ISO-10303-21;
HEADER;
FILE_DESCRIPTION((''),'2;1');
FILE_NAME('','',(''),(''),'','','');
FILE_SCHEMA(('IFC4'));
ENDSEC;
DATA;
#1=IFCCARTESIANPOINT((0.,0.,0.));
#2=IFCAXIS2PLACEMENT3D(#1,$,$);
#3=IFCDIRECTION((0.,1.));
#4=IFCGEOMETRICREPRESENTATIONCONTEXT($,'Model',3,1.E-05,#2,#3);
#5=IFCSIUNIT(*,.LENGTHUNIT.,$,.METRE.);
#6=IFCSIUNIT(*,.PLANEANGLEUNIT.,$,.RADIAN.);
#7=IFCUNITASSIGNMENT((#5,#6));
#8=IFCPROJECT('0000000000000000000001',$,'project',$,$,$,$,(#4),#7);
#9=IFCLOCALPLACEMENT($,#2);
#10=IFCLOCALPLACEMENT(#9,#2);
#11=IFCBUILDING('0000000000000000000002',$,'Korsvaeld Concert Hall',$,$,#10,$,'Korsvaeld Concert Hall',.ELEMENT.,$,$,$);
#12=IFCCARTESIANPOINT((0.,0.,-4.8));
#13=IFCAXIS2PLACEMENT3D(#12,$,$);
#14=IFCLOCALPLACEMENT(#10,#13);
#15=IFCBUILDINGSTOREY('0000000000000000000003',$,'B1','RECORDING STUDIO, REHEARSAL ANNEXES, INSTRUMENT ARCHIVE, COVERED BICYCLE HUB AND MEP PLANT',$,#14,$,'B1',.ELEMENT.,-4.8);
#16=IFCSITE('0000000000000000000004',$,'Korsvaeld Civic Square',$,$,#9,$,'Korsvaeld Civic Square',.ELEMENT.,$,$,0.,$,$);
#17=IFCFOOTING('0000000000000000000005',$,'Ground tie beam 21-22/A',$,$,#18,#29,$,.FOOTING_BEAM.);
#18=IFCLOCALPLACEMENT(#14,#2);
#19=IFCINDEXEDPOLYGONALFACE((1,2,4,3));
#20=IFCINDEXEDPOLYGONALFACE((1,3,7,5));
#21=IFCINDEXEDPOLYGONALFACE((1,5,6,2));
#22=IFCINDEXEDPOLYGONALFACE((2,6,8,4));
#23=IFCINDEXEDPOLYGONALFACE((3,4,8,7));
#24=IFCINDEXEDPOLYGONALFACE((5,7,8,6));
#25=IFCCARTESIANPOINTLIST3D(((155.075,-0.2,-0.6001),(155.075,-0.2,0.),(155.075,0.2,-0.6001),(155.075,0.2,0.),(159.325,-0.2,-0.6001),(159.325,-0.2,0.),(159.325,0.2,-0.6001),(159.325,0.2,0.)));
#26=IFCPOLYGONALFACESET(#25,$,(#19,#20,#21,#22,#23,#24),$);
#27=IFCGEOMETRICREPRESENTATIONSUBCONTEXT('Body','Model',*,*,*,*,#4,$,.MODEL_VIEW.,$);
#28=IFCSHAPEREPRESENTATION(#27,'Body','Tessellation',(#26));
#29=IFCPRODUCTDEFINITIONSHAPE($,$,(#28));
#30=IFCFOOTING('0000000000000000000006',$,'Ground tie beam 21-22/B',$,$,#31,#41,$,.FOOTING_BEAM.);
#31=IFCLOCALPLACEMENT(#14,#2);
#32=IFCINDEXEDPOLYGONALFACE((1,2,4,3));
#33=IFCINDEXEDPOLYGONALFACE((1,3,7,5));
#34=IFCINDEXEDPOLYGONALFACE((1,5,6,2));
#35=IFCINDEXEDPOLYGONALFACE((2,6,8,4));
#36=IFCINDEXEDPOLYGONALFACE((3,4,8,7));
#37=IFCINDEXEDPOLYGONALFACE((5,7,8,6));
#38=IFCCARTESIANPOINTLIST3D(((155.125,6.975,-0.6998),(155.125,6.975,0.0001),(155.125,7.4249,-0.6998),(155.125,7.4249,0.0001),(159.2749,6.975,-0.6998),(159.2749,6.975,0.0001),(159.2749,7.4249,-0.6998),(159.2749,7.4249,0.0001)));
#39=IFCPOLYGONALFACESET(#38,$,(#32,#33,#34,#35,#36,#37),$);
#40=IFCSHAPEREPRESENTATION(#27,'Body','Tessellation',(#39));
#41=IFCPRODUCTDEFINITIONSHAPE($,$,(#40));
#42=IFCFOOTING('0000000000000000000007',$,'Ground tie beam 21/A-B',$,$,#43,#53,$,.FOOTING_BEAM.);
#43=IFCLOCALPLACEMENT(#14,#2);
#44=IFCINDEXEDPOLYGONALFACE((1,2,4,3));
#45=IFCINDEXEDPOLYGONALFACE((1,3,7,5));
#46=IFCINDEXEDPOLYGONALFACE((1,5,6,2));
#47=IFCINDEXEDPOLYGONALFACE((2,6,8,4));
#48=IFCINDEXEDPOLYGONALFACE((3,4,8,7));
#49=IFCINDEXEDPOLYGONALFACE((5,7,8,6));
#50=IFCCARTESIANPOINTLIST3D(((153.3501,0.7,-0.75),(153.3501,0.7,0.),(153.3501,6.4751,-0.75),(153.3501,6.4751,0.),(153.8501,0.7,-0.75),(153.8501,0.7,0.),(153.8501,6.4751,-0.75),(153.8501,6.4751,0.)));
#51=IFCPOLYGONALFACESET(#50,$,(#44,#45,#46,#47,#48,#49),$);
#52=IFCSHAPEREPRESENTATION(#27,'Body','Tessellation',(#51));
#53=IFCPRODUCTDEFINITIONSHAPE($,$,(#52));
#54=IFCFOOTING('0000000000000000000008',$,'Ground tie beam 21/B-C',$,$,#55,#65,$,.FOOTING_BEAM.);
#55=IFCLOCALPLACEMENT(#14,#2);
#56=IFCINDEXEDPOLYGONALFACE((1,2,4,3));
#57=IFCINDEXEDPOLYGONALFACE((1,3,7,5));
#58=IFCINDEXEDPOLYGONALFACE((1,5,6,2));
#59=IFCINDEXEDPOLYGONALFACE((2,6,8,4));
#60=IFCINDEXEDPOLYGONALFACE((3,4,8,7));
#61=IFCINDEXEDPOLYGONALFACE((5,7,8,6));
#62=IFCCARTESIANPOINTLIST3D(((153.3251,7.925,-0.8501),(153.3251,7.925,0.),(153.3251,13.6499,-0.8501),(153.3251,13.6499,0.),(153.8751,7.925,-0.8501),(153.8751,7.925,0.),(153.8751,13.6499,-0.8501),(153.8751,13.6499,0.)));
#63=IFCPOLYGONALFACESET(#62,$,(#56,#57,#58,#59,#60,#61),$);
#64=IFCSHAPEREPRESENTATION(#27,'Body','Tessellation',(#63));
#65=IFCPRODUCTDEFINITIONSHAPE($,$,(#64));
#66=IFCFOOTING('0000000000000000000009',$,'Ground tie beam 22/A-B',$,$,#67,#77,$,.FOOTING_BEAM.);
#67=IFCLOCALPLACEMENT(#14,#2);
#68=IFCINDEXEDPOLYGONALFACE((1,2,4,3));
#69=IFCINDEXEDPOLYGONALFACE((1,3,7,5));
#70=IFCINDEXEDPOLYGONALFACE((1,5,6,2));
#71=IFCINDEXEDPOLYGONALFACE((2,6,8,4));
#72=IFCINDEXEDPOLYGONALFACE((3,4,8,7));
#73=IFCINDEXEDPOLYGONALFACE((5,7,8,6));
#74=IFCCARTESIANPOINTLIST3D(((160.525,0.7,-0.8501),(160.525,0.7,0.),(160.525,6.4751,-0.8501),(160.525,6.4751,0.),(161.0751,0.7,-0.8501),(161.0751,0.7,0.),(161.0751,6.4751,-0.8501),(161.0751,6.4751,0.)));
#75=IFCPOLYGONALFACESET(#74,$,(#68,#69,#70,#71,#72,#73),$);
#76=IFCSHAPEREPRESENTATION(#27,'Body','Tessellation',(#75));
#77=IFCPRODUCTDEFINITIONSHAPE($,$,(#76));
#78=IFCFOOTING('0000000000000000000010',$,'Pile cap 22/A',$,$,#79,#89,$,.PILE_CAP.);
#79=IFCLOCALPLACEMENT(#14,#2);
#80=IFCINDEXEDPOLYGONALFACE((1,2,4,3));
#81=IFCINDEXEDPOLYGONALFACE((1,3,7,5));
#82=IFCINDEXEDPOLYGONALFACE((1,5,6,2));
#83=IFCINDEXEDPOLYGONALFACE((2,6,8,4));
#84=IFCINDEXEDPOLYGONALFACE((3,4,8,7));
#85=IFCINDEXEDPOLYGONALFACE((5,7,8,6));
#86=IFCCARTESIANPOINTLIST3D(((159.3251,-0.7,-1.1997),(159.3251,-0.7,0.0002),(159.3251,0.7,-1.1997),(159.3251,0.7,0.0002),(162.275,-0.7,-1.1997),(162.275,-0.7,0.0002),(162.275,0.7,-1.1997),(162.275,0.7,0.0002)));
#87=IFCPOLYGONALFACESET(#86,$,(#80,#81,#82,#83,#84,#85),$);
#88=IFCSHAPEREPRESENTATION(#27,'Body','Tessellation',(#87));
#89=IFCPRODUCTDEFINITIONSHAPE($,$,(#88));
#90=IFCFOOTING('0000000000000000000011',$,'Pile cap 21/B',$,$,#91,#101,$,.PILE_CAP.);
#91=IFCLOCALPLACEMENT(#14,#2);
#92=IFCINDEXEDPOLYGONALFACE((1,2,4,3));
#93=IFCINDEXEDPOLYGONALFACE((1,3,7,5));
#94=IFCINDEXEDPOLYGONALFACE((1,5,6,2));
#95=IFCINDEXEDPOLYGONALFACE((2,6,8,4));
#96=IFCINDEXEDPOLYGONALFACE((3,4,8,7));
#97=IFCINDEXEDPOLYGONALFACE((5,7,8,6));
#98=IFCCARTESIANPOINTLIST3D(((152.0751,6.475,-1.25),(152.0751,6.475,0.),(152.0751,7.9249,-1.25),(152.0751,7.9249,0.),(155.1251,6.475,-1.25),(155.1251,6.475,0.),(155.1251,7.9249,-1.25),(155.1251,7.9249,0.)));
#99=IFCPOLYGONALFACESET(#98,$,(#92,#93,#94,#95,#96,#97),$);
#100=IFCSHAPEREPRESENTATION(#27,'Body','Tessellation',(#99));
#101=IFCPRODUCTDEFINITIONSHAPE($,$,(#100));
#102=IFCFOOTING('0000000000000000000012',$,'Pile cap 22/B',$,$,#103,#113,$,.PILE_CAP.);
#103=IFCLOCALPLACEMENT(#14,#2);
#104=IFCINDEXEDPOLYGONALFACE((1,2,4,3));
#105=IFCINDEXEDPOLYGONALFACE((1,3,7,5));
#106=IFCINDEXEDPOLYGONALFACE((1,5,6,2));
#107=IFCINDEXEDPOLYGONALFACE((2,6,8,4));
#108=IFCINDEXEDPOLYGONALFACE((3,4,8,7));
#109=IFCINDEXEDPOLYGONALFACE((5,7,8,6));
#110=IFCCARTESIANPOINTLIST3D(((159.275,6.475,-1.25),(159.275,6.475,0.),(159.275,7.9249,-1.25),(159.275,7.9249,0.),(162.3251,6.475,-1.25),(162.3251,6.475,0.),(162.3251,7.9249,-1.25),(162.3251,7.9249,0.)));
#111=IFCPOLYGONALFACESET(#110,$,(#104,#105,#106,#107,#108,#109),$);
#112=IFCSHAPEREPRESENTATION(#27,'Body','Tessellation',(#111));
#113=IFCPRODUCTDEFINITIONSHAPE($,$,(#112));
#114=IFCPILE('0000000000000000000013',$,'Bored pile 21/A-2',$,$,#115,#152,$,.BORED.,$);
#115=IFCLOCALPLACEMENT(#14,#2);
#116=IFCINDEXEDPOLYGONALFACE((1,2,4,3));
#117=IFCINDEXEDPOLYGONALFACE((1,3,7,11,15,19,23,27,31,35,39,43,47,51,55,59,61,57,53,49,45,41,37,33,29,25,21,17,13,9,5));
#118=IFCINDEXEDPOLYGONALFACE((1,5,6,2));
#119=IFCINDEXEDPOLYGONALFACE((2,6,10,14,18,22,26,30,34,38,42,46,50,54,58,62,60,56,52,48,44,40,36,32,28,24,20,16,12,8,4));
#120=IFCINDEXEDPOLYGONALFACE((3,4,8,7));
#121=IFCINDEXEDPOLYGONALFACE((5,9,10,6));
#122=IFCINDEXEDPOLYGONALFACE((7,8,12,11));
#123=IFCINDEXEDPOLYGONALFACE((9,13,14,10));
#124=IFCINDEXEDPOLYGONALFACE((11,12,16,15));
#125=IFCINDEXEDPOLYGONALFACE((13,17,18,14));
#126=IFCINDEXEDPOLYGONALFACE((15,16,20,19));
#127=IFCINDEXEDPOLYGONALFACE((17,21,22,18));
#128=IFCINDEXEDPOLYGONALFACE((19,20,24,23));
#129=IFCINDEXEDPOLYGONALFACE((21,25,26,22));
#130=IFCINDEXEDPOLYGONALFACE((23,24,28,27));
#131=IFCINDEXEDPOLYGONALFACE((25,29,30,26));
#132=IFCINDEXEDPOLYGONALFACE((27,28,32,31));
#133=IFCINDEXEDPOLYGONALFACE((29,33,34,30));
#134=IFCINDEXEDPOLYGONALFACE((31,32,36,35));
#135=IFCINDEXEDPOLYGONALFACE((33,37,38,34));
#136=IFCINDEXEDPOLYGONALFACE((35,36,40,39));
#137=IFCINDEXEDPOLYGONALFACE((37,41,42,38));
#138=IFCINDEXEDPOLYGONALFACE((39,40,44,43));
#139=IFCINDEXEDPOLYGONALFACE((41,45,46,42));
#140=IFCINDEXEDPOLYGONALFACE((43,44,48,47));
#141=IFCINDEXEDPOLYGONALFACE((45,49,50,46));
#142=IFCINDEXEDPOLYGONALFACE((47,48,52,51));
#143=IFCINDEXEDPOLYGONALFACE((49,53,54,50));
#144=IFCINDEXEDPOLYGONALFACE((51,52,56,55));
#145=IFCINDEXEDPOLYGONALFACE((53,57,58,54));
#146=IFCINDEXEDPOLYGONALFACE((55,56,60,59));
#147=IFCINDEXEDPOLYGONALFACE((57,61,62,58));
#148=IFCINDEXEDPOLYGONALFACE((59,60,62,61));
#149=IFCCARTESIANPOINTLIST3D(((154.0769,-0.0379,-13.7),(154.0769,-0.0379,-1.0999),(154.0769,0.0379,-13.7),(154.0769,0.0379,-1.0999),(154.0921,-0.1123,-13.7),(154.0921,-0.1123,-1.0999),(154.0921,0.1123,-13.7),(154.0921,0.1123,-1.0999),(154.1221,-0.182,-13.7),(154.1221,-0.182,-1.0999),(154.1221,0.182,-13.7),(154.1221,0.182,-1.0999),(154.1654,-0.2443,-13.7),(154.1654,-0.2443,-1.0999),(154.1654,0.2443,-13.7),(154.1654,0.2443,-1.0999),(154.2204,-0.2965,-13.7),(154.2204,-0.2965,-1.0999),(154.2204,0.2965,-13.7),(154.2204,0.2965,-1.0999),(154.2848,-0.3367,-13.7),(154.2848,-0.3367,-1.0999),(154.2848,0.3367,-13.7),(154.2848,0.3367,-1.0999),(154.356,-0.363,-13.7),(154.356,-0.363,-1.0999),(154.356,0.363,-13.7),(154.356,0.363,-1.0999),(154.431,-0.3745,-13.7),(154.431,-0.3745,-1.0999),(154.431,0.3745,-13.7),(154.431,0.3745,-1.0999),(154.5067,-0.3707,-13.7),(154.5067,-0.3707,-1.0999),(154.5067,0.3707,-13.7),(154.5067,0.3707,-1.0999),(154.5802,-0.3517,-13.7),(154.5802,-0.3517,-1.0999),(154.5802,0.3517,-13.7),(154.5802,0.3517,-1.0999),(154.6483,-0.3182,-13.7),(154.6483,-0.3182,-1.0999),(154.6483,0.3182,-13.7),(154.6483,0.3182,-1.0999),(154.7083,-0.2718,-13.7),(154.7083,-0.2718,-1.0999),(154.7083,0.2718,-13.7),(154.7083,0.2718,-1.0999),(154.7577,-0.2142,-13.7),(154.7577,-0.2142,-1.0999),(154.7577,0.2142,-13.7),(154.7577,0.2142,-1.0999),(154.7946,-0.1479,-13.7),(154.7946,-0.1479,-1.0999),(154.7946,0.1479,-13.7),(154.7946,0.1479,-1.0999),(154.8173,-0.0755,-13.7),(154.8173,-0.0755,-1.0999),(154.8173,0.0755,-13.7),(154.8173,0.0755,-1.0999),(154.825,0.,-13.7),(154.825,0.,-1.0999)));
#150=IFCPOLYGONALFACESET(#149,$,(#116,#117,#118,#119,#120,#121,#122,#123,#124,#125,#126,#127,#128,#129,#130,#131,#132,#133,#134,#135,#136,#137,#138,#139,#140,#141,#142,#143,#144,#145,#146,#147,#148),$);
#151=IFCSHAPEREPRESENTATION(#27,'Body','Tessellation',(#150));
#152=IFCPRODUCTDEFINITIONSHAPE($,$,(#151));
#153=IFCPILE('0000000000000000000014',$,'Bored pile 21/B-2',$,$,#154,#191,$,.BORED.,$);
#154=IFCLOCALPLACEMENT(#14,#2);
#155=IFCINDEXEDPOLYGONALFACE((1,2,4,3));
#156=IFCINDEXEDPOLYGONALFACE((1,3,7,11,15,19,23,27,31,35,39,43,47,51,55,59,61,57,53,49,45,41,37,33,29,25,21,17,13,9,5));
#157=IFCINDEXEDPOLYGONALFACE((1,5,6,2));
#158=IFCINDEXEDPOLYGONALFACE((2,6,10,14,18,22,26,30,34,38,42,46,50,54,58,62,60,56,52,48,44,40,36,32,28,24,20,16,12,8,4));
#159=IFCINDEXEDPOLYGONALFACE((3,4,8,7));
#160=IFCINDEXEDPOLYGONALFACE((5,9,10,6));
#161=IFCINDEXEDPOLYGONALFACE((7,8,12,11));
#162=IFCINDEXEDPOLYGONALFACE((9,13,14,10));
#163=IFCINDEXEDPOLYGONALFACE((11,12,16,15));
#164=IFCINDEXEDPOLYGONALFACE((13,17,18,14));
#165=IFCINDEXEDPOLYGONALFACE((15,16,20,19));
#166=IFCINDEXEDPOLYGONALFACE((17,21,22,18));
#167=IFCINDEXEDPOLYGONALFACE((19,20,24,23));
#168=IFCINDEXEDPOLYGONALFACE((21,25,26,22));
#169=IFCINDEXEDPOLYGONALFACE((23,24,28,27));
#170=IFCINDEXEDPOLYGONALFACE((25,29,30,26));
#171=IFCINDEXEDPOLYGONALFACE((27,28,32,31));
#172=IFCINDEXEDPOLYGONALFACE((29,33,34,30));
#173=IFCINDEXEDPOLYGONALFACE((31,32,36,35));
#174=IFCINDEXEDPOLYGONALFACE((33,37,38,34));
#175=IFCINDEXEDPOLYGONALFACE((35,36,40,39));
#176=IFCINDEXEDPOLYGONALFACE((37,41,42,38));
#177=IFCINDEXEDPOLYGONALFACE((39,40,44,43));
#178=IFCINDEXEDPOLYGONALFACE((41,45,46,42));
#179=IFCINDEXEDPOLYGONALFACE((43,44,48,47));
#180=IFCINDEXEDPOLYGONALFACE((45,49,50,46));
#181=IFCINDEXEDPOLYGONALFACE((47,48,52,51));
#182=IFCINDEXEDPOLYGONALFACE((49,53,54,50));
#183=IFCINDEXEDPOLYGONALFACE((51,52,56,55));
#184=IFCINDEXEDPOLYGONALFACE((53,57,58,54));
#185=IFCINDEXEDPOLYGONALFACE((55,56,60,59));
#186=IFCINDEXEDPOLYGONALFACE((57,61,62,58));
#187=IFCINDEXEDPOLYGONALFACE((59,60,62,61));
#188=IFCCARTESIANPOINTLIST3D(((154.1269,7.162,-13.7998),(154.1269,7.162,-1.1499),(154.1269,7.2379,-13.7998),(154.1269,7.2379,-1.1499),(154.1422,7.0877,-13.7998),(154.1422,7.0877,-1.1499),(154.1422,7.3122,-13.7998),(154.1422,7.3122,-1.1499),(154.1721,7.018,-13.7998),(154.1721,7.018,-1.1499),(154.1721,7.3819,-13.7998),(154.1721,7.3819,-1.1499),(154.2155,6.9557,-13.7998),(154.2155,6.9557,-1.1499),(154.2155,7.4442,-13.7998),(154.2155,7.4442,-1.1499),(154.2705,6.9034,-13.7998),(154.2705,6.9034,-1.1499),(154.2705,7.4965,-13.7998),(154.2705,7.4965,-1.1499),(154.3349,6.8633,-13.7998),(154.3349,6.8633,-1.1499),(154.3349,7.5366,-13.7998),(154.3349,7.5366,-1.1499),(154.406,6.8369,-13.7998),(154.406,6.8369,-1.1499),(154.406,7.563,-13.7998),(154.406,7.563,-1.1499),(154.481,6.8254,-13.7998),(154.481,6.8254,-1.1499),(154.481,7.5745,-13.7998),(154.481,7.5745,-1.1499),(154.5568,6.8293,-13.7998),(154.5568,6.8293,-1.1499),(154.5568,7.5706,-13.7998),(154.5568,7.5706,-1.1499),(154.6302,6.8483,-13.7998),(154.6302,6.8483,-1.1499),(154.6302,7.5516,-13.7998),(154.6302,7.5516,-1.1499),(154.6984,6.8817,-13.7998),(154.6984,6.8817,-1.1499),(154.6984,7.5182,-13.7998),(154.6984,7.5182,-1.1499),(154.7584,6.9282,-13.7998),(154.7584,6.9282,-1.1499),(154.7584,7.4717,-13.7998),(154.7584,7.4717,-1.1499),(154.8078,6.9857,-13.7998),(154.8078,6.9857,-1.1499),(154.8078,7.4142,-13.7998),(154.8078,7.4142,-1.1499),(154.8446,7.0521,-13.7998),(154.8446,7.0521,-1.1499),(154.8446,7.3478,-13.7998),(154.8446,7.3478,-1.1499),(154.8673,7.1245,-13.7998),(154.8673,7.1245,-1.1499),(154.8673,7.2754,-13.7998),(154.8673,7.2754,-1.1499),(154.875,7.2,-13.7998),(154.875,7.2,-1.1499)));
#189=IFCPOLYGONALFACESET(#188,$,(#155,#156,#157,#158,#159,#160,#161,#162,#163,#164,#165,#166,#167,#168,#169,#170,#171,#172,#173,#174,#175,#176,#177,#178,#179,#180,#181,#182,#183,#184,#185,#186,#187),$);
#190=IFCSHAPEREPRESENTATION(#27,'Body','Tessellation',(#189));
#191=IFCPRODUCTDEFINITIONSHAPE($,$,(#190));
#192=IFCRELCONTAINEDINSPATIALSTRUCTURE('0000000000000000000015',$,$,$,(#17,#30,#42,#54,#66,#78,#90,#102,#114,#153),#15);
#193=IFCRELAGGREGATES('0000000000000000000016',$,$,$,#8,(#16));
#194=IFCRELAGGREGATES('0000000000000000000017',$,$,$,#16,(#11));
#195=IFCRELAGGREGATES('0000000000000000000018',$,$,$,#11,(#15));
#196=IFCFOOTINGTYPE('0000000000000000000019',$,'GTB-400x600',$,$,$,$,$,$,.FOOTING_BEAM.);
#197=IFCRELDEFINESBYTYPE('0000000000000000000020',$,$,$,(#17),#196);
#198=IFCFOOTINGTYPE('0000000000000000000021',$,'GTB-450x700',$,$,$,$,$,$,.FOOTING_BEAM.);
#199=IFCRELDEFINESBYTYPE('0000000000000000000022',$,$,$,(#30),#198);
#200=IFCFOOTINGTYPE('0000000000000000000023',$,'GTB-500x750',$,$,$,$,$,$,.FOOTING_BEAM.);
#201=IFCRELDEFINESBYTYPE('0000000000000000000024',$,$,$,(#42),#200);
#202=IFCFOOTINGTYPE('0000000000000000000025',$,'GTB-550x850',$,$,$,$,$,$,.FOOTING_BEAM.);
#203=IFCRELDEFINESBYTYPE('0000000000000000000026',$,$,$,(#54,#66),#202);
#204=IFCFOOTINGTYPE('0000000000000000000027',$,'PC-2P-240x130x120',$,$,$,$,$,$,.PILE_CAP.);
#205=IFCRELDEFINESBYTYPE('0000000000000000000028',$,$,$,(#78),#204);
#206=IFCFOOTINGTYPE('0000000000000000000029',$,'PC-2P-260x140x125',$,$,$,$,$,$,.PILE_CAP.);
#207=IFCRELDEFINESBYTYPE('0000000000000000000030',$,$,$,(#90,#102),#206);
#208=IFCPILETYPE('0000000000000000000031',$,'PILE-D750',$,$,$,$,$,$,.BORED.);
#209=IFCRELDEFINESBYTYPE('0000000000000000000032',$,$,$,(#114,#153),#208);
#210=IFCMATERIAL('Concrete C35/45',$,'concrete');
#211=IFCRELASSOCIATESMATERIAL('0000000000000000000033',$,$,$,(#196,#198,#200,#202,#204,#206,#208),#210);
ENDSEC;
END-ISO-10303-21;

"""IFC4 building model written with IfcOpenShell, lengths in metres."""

from ifc_helpers import new_model, si_unit, direction, frame, origin, origin_2d, place, context, subcontext, project, spatial, rectangle, circle, extrude, material, material_profile, profile_set, type_object, element, save


model = new_model("IFC4")

# Units and contexts
model_context = context("Model", 3, precision=1e-05, world=origin(), true_north=direction((0.0, 1.0)))
body_context = subcontext(model_context, "Body", "Model", "MODEL_VIEW")
ifc_project = project(units=[si_unit("LENGTHUNIT", "METRE"), si_unit("PLANEANGLEUNIT", "RADIAN")], contexts=[model_context])

# Site, building, storey
site_placement = place(None, origin())
site = spatial("IfcSite", under=ifc_project, at=site_placement, Name="Korsvaeld Civic Square", LongName="Korsvaeld Civic Square", CompositionType="ELEMENT", RefElevation=0.0)
building_placement = place(site_placement, origin())
building = spatial("IfcBuilding", under=site, at=building_placement, Name="Korsvaeld Concert Hall", LongName="Korsvaeld Concert Hall", CompositionType="ELEMENT")
storey_placement = place(building_placement, frame((0.0, 0.0, -4.8)))
storey = spatial("IfcBuildingStorey", under=building, at=storey_placement, Name="B1", Description="RECORDING STUDIO, REHEARSAL ANNEXES, INSTRUMENT ARCHIVE, COVERED BICYCLE HUB AND MEP PLANT", LongName="B1", CompositionType="ELEMENT", Elevation=-4.8)

# Footings
ifc_material_1 = material(Name="Concrete C35/45", Category="concrete")
ifc_material_profile_1 = material_profile(ifc_material_1, rectangle(XDim=0.3999, YDim=0.6001, at=origin_2d()), Name="GTB 400x600")
ifc_profile_set_1 = profile_set([ifc_material_profile_1], Name="Concrete C35/45")
footing_type_1 = type_object("IfcFootingType", Name="GTB-400x600", PredefinedType="FOOTING_BEAM", material=ifc_profile_set_1)
footing_1_placement = place(storey_placement, frame((155.075, 0.0, -0.3), z_axis=(1.0, 0.0, 0.0), x_axis=(0.0, 1.0, 0.0)))
element("IfcFooting", 1, at=footing_1_placement, inside=storey, type_object=footing_type_1, Name="Ground tie beam 21-22/A", PredefinedType="FOOTING_BEAM", context=body_context, shape_type="SweptSolid", body=[
    extrude(rectangle(XDim=0.3999, YDim=0.6001, at=origin_2d()), origin(), (0.0, 0.0, 1.0), 4.25),
])
ifc_material_profile_2 = material_profile(ifc_material_1, rectangle(XDim=0.45, YDim=0.7, at=origin_2d()), Name="GTB 450x700")
ifc_profile_set_2 = profile_set([ifc_material_profile_2], Name="Concrete C35/45")
footing_type_2 = type_object("IfcFootingType", Name="GTB-450x700", PredefinedType="FOOTING_BEAM", material=ifc_profile_set_2)
footing_2_placement = place(storey_placement, frame((155.125, 7.2, -0.3499), z_axis=(1.0, 0.0, 0.0), x_axis=(0.0, 1.0, 0.0)))
element("IfcFooting", 2, at=footing_2_placement, inside=storey, type_object=footing_type_2, Name="Ground tie beam 21-22/B", PredefinedType="FOOTING_BEAM", context=body_context, shape_type="SweptSolid", body=[
    extrude(rectangle(XDim=0.45, YDim=0.7, at=origin_2d()), origin(), (0.0, 0.0, 1.0), 4.1499),
])
ifc_material_profile_3 = material_profile(ifc_material_1, rectangle(XDim=0.5, YDim=0.75, at=origin_2d()), Name="GTB 500x750")
ifc_profile_set_3 = profile_set([ifc_material_profile_3], Name="Concrete C35/45")
footing_type_3 = type_object("IfcFootingType", Name="GTB-500x750", PredefinedType="FOOTING_BEAM", material=ifc_profile_set_3)
footing_3_placement = place(storey_placement, frame((153.6001, 0.7, -0.375), z_axis=(0.0, 1.0, 0.0), x_axis=(-1.0, 0.0, 0.0)))
element("IfcFooting", 3, at=footing_3_placement, inside=storey, type_object=footing_type_3, Name="Ground tie beam 21/A-B", PredefinedType="FOOTING_BEAM", context=body_context, shape_type="SweptSolid", body=[
    extrude(rectangle(XDim=0.5, YDim=0.75, at=origin_2d()), origin(), (0.0, 0.0, 1.0), 5.7751),
])
ifc_material_profile_4 = material_profile(ifc_material_1, rectangle(XDim=0.55, YDim=0.8501, at=origin_2d()), Name="GTB 550x850")
ifc_profile_set_4 = profile_set([ifc_material_profile_4], Name="Concrete C35/45")
footing_type_4 = type_object("IfcFootingType", Name="GTB-550x850", PredefinedType="FOOTING_BEAM", material=ifc_profile_set_4)
footing_4_placement = place(storey_placement, frame((153.6001, 7.925, -0.425), z_axis=(0.0, 1.0, 0.0), x_axis=(-1.0, 0.0, 0.0)))
element("IfcFooting", 4, at=footing_4_placement, inside=storey, type_object=footing_type_4, Name="Ground tie beam 21/B-C", PredefinedType="FOOTING_BEAM", context=body_context, shape_type="SweptSolid", body=[
    extrude(rectangle(XDim=0.55, YDim=0.8501, at=origin_2d()), origin(), (0.0, 0.0, 1.0), 5.7249),
])
footing_5_placement = place(storey_placement, frame((160.8, 0.7, -0.425), z_axis=(0.0, 1.0, 0.0), x_axis=(-1.0, 0.0, 0.0)))
element("IfcFooting", 5, at=footing_5_placement, inside=storey, type_object=footing_type_4, Name="Ground tie beam 22/A-B", PredefinedType="FOOTING_BEAM", context=body_context, shape_type="SweptSolid", body=[
    extrude(rectangle(XDim=0.55, YDim=0.8501, at=origin_2d()), origin(), (0.0, 0.0, 1.0), 5.7751),
])
footing_type_5 = type_object("IfcFootingType", Name="PC-2P-240x130x120", PredefinedType="PILE_CAP", material=ifc_material_1)
footing_6_placement = place(storey_placement, frame((160.8, 0.0, -1.1997), z_axis=(0.0, 0.0, 1.0), x_axis=(1.0, 0.0, 0.0)))
element("IfcFooting", 6, at=footing_6_placement, inside=storey, type_object=footing_type_5, Name="Pile cap 22/A", PredefinedType="PILE_CAP", context=body_context, shape_type="SweptSolid", body=[
    extrude(rectangle(XDim=2.95, YDim=1.3999, at=origin_2d()), origin(), (0.0, 0.0, 1.0), 1.2),
])
footing_type_6 = type_object("IfcFootingType", Name="PC-2P-260x140x125", PredefinedType="PILE_CAP", material=ifc_material_1)
for number, where, z_axis, x_axis, name in (
    (7, (153.6001, 7.2, -1.25), (0.0, 0.0, 1.0), (1.0, 0.0, 0.0), "Pile cap 21/B"),
    (8, (160.8, 7.2, -1.25), (0.0, 0.0, 1.0), (1.0, 0.0, 0.0), "Pile cap 22/B"),
):
    element("IfcFooting", number, at=place(storey_placement, frame(where, z_axis=z_axis, x_axis=x_axis)), inside=storey, type_object=footing_type_6, Name=name, PredefinedType="PILE_CAP", context=body_context, shape_type="SweptSolid", body=[
        extrude(rectangle(XDim=3.05, YDim=1.45, at=origin_2d()), origin(), (0.0, 0.0, 1.0), 1.25),
    ])

# Piles
ifc_material_profile_5 = material_profile(ifc_material_1, circle(Radius=0.375, at=origin_2d()), Name="BORED PILE D750")
ifc_profile_set_5 = profile_set([ifc_material_profile_5], Name="Concrete C35/45")
pile_type = type_object("IfcPileType", Name="PILE-D750", PredefinedType="BORED", material=ifc_profile_set_5)
pile_1_placement = place(storey_placement, frame((154.45, 0.0, -1.0999), z_axis=(0.0, 0.0, -1.0), x_axis=(1.0, 0.0, 0.0)))
element("IfcPile", 9, at=pile_1_placement, inside=storey, type_object=pile_type, Name="Bored pile 21/A-2", PredefinedType="BORED", context=body_context, shape_type="SweptSolid", body=[
    extrude(circle(Radius=0.375, at=origin_2d()), origin(), (0.0, 0.0, 1.0), 12.6001),
])
pile_2_placement = place(storey_placement, frame((154.5, 7.2, -1.1499), z_axis=(0.0, 0.0, -1.0), x_axis=(1.0, 0.0, 0.0)))
element("IfcPile", 10, at=pile_2_placement, inside=storey, type_object=pile_type, Name="Bored pile 21/B-2", PredefinedType="BORED", context=body_context, shape_type="SweptSolid", body=[
    extrude(circle(Radius=0.375, at=origin_2d()), origin(), (0.0, 0.0, 1.0), 12.6499),
])

save(model, "model.ifc")
